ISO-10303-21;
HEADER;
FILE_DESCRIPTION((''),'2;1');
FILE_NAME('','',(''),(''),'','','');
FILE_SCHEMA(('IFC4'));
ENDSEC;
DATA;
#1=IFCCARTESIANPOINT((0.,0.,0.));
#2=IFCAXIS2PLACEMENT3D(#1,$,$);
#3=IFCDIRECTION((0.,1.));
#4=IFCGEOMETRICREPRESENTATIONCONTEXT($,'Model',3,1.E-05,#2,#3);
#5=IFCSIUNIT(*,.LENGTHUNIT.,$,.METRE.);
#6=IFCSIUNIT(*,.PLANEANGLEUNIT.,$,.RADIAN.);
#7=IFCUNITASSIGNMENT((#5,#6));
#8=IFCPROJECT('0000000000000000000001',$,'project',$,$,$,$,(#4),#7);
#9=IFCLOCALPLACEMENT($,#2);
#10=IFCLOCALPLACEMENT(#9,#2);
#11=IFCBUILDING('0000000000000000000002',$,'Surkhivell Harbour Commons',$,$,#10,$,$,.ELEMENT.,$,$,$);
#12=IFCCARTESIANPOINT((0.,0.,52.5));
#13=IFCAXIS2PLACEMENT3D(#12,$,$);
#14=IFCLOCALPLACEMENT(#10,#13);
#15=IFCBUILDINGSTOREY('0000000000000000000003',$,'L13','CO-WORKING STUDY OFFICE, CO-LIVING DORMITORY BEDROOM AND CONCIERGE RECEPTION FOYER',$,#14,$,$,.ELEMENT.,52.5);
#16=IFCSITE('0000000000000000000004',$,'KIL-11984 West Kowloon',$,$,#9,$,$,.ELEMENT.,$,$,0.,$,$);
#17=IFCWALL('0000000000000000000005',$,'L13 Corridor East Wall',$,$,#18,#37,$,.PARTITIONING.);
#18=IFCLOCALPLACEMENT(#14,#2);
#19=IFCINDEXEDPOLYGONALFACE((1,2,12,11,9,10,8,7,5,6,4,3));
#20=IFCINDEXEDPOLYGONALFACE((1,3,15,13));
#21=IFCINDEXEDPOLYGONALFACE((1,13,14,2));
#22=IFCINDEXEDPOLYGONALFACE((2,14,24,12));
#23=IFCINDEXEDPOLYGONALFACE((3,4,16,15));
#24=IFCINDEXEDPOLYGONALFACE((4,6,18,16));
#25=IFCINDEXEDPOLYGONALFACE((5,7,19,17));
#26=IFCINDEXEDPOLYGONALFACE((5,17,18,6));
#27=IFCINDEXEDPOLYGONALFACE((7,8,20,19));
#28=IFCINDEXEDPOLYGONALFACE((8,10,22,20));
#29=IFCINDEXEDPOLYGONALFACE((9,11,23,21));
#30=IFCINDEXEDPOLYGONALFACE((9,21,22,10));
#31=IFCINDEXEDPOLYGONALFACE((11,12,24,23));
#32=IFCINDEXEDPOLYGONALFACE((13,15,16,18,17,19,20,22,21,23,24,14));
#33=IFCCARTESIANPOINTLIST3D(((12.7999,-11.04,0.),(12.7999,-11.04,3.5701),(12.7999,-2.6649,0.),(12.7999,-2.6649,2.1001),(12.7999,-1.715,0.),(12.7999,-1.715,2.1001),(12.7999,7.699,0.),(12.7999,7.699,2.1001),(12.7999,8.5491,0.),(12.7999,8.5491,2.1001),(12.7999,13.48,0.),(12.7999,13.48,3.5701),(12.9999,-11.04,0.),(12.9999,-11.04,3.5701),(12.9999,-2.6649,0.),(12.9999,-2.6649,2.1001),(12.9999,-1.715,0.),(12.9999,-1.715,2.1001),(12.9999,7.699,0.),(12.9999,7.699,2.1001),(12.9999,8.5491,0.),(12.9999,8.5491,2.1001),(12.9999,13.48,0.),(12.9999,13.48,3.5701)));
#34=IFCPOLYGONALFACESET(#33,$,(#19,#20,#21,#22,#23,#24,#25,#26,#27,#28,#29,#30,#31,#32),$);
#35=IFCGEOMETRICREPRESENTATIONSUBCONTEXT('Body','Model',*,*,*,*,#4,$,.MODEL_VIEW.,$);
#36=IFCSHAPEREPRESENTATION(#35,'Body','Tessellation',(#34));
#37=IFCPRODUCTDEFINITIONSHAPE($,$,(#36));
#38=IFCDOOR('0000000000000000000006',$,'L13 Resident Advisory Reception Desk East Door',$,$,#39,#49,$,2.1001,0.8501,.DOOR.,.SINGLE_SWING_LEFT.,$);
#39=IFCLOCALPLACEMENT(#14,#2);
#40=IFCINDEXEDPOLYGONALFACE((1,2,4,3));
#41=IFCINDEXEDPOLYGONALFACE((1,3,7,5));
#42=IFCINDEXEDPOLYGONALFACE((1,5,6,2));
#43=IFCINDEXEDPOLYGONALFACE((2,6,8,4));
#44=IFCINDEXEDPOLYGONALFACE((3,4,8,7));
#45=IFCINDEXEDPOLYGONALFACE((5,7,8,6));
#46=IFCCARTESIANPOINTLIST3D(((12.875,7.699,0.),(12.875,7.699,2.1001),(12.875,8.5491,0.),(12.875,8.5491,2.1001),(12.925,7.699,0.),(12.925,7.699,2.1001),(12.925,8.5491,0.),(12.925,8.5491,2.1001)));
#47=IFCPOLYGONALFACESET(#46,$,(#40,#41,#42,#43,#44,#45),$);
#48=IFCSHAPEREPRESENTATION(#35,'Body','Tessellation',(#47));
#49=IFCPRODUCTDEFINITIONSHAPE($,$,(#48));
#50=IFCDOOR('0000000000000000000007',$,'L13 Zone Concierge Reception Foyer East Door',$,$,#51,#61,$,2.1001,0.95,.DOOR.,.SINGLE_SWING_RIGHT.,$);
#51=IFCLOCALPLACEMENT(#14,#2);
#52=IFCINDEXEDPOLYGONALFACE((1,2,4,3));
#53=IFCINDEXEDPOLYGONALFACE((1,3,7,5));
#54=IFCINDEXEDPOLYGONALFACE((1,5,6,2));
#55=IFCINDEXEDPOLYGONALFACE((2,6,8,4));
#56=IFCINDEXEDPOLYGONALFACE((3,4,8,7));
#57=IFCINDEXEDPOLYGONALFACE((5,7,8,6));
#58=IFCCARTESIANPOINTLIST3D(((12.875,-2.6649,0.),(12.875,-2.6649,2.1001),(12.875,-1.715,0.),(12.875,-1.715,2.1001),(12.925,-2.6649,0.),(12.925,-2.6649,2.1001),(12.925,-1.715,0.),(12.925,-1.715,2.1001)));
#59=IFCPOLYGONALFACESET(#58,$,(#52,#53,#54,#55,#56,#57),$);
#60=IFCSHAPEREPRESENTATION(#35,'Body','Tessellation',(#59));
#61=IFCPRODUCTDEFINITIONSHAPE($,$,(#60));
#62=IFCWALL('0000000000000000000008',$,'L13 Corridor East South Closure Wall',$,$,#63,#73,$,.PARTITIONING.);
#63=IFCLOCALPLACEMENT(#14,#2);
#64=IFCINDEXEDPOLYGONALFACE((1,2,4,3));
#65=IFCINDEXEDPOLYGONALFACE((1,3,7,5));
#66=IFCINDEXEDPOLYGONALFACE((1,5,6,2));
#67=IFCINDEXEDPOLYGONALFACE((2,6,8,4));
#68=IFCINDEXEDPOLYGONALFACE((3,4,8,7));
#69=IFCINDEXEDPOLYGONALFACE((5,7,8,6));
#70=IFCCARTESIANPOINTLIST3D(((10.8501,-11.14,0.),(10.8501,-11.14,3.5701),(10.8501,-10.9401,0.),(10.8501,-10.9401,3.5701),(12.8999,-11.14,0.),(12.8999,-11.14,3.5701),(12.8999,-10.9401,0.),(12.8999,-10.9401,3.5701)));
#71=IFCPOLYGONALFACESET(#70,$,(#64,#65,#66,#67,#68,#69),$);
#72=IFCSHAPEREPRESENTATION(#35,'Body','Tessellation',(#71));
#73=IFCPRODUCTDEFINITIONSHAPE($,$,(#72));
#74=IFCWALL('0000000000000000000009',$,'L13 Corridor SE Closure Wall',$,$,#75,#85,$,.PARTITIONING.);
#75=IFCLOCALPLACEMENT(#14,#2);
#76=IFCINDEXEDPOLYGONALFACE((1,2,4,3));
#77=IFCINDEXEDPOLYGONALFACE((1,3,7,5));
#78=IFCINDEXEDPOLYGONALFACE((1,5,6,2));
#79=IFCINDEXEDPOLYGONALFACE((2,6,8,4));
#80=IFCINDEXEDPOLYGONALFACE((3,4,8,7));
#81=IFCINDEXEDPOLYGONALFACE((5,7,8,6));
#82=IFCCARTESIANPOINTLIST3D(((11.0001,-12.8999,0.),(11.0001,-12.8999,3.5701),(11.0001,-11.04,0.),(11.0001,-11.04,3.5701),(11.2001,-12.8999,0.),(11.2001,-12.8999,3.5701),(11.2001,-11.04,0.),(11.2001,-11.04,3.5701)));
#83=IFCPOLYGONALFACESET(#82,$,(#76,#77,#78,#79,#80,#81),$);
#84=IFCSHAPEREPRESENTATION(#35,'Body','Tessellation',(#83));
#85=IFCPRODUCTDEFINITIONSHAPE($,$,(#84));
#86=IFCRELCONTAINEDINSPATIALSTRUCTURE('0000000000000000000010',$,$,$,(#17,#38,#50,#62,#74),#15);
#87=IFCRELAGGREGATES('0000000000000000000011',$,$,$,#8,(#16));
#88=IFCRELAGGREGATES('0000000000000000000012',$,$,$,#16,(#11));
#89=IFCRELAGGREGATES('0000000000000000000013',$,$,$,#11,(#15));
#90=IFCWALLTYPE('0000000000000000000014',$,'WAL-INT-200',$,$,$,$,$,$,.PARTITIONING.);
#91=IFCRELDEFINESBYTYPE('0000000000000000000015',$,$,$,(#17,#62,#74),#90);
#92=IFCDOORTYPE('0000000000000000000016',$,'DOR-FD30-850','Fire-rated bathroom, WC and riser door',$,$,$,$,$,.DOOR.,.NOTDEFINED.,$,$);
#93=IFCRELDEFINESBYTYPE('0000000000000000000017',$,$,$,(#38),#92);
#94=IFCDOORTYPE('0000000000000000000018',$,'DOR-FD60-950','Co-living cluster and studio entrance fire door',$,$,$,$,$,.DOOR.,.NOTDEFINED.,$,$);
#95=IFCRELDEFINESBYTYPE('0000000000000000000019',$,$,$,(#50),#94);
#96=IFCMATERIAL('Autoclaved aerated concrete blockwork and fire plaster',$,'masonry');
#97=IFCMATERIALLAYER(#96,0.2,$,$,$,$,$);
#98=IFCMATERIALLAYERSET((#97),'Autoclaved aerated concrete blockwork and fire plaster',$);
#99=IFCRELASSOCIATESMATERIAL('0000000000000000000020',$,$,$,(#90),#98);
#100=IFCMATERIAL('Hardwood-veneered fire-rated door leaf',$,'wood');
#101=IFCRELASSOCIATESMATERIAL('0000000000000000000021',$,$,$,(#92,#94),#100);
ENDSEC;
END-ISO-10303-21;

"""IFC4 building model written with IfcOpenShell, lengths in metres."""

from ifc_helpers import new_model, si_unit, direction, frame, frame_2d, origin, place, context, subcontext, project, spatial, rectangle, extrude, material, layer, layer_set, type_object, element, fill, save


model = new_model("IFC4")

# Units and contexts
model_context = context("Model", 3, precision=1e-05, world=origin(), true_north=direction((0.0, 1.0)))
body_context = subcontext(model_context, "Body", "Model", "MODEL_VIEW")
ifc_project = project(units=[si_unit("LENGTHUNIT", "METRE"), si_unit("PLANEANGLEUNIT", "RADIAN")], contexts=[model_context])

# Site, building, storey
site_placement = place(None, origin())
site = spatial("IfcSite", under=ifc_project, at=site_placement, Name="KIL-11984 West Kowloon", CompositionType="ELEMENT", RefElevation=0.0)
building_placement = place(site_placement, origin())
building = spatial("IfcBuilding", under=site, at=building_placement, Name="Surkhivell Harbour Commons", CompositionType="ELEMENT")
storey_placement = place(building_placement, frame((0.0, 0.0, 52.5)))
storey = spatial("IfcBuildingStorey", under=building, at=storey_placement, Name="L13", Description="CO-WORKING STUDY OFFICE, CO-LIVING DORMITORY BEDROOM AND CONCIERGE RECEPTION FOYER", CompositionType="ELEMENT", Elevation=52.5)

# Shared definitions
ifc_material_1 = material(Name="Hardwood-veneered fire-rated door leaf", Category="wood")

# Shared definitions
ifc_material_2 = material(Name="Autoclaved aerated concrete blockwork and fire plaster", Category="masonry")
ifc_layer_1 = layer(ifc_material_2, 0.2)
ifc_layer_set_1 = layer_set([ifc_layer_1], Name="Autoclaved aerated concrete blockwork and fire plaster")
wall_type_1 = type_object("IfcWallType", Name="WAL-INT-200", PredefinedType="PARTITIONING", material=ifc_layer_set_1)

# Wall, openings, doors
wall_1_placement = place(storey_placement, frame((12.8999, -11.04, 0.0), z_axis=(0.0, 0.0, 1.0), x_axis=(0.0, 1.0, 0.0)))
wall_1 = element("IfcWall", 1, at=wall_1_placement, inside=storey, type_object=wall_type_1, Name="L13 Corridor East Wall", PredefinedType="PARTITIONING", context=body_context, shape_type="SweptSolid", body=[
    extrude(rectangle(XDim=24.52, YDim=0.2, at=frame_2d((12.26, 0.0))), origin(), (0.0, 0.0, 1.0), 3.5701),
])
opening_1_placement = place(wall_1_placement, frame((8.375, 0.0, 0.0)))
opening_1 = element("IfcOpeningElement", 2, at=opening_1_placement, cuts=wall_1, PredefinedType="OPENING", context=body_context, shape_type="SweptSolid", body=[
    extrude(rectangle(XDim=0.95, YDim=2.1001, at=frame_2d((0.4751, 1.05))), frame((0.0, 0.1099, 0.0), z_axis=(0.0, -1.0, 0.0), x_axis=(1.0, 0.0, 0.0)), (0.0, 0.0, 1.0), 0.22),
])
opening_2_placement = place(wall_1_placement, frame((18.739, 0.0, 0.0)))
opening_2 = element("IfcOpeningElement", 3, at=opening_2_placement, cuts=wall_1, PredefinedType="OPENING", context=body_context, shape_type="SweptSolid", body=[
    extrude(rectangle(XDim=0.8501, YDim=2.1001, at=frame_2d((0.425, 1.05))), frame((0.0, 0.1099, 0.0), z_axis=(0.0, -1.0, 0.0), x_axis=(1.0, 0.0, 0.0)), (0.0, 0.0, 1.0), 0.22),
])
door_type_1 = type_object("IfcDoorType", Name="DOR-FD30-850", Description="Fire-rated bathroom, WC and riser door", OperationType="NOTDEFINED", PredefinedType="DOOR", material=ifc_material_1)
door_1_placement = place(opening_2_placement, origin())
door_1 = element("IfcDoor", 4, at=door_1_placement, inside=storey, type_object=door_type_1, Name="L13 Resident Advisory Reception Desk East Door", OperationType="SINGLE_SWING_LEFT", OverallHeight=2.1001, OverallWidth=0.8501, PredefinedType="DOOR", context=body_context, shape_type="SweptSolid", body=[
    extrude(rectangle(XDim=0.8501, YDim=2.1001, at=frame_2d((0.425, 1.05))), frame((0.0, 0.0249, 0.0), z_axis=(0.0, -1.0, 0.0), x_axis=(1.0, 0.0, 0.0)), (0.0, 0.0, 1.0), 0.05),
])
fill(opening_2, door_1)
door_type_2 = type_object("IfcDoorType", Name="DOR-FD60-950", Description="Co-living cluster and studio entrance fire door", OperationType="NOTDEFINED", PredefinedType="DOOR", material=ifc_material_1)
door_2_placement = place(opening_1_placement, origin())
door_2 = element("IfcDoor", 5, at=door_2_placement, inside=storey, type_object=door_type_2, Name="L13 Zone Concierge Reception Foyer East Door", OperationType="SINGLE_SWING_RIGHT", OverallHeight=2.1001, OverallWidth=0.95, PredefinedType="DOOR", context=body_context, shape_type="SweptSolid", body=[
    extrude(rectangle(XDim=0.95, YDim=2.1001, at=frame_2d((0.4751, 1.05))), frame((0.0, 0.0249, 0.0), z_axis=(0.0, -1.0, 0.0), x_axis=(1.0, 0.0, 0.0)), (0.0, 0.0, 1.0), 0.05),
])
fill(opening_1, door_2)

# Walls
wall_2_placement = place(storey_placement, frame((10.8501, -11.04, 0.0), z_axis=(0.0, 0.0, 1.0), x_axis=(1.0, 0.0, 0.0)))
element("IfcWall", 6, at=wall_2_placement, inside=storey, type_object=wall_type_1, Name="L13 Corridor East South Closure Wall", PredefinedType="PARTITIONING", context=body_context, shape_type="SweptSolid", body=[
    extrude(rectangle(XDim=2.0498, YDim=0.2, at=frame_2d((1.0249, 0.0))), origin(), (0.0, 0.0, 1.0), 3.5701),
])
wall_3_placement = place(storey_placement, frame((11.1001, -12.8999, 0.0), z_axis=(0.0, 0.0, 1.0), x_axis=(0.0, 1.0, 0.0)))
element("IfcWall", 7, at=wall_3_placement, inside=storey, type_object=wall_type_1, Name="L13 Corridor SE Closure Wall", PredefinedType="PARTITIONING", context=body_context, shape_type="SweptSolid", body=[
    extrude(rectangle(XDim=1.8599, YDim=0.2, at=frame_2d((0.9299, 0.0))), origin(), (0.0, 0.0, 1.0), 3.5701),
])

save(model, "model.ifc")
